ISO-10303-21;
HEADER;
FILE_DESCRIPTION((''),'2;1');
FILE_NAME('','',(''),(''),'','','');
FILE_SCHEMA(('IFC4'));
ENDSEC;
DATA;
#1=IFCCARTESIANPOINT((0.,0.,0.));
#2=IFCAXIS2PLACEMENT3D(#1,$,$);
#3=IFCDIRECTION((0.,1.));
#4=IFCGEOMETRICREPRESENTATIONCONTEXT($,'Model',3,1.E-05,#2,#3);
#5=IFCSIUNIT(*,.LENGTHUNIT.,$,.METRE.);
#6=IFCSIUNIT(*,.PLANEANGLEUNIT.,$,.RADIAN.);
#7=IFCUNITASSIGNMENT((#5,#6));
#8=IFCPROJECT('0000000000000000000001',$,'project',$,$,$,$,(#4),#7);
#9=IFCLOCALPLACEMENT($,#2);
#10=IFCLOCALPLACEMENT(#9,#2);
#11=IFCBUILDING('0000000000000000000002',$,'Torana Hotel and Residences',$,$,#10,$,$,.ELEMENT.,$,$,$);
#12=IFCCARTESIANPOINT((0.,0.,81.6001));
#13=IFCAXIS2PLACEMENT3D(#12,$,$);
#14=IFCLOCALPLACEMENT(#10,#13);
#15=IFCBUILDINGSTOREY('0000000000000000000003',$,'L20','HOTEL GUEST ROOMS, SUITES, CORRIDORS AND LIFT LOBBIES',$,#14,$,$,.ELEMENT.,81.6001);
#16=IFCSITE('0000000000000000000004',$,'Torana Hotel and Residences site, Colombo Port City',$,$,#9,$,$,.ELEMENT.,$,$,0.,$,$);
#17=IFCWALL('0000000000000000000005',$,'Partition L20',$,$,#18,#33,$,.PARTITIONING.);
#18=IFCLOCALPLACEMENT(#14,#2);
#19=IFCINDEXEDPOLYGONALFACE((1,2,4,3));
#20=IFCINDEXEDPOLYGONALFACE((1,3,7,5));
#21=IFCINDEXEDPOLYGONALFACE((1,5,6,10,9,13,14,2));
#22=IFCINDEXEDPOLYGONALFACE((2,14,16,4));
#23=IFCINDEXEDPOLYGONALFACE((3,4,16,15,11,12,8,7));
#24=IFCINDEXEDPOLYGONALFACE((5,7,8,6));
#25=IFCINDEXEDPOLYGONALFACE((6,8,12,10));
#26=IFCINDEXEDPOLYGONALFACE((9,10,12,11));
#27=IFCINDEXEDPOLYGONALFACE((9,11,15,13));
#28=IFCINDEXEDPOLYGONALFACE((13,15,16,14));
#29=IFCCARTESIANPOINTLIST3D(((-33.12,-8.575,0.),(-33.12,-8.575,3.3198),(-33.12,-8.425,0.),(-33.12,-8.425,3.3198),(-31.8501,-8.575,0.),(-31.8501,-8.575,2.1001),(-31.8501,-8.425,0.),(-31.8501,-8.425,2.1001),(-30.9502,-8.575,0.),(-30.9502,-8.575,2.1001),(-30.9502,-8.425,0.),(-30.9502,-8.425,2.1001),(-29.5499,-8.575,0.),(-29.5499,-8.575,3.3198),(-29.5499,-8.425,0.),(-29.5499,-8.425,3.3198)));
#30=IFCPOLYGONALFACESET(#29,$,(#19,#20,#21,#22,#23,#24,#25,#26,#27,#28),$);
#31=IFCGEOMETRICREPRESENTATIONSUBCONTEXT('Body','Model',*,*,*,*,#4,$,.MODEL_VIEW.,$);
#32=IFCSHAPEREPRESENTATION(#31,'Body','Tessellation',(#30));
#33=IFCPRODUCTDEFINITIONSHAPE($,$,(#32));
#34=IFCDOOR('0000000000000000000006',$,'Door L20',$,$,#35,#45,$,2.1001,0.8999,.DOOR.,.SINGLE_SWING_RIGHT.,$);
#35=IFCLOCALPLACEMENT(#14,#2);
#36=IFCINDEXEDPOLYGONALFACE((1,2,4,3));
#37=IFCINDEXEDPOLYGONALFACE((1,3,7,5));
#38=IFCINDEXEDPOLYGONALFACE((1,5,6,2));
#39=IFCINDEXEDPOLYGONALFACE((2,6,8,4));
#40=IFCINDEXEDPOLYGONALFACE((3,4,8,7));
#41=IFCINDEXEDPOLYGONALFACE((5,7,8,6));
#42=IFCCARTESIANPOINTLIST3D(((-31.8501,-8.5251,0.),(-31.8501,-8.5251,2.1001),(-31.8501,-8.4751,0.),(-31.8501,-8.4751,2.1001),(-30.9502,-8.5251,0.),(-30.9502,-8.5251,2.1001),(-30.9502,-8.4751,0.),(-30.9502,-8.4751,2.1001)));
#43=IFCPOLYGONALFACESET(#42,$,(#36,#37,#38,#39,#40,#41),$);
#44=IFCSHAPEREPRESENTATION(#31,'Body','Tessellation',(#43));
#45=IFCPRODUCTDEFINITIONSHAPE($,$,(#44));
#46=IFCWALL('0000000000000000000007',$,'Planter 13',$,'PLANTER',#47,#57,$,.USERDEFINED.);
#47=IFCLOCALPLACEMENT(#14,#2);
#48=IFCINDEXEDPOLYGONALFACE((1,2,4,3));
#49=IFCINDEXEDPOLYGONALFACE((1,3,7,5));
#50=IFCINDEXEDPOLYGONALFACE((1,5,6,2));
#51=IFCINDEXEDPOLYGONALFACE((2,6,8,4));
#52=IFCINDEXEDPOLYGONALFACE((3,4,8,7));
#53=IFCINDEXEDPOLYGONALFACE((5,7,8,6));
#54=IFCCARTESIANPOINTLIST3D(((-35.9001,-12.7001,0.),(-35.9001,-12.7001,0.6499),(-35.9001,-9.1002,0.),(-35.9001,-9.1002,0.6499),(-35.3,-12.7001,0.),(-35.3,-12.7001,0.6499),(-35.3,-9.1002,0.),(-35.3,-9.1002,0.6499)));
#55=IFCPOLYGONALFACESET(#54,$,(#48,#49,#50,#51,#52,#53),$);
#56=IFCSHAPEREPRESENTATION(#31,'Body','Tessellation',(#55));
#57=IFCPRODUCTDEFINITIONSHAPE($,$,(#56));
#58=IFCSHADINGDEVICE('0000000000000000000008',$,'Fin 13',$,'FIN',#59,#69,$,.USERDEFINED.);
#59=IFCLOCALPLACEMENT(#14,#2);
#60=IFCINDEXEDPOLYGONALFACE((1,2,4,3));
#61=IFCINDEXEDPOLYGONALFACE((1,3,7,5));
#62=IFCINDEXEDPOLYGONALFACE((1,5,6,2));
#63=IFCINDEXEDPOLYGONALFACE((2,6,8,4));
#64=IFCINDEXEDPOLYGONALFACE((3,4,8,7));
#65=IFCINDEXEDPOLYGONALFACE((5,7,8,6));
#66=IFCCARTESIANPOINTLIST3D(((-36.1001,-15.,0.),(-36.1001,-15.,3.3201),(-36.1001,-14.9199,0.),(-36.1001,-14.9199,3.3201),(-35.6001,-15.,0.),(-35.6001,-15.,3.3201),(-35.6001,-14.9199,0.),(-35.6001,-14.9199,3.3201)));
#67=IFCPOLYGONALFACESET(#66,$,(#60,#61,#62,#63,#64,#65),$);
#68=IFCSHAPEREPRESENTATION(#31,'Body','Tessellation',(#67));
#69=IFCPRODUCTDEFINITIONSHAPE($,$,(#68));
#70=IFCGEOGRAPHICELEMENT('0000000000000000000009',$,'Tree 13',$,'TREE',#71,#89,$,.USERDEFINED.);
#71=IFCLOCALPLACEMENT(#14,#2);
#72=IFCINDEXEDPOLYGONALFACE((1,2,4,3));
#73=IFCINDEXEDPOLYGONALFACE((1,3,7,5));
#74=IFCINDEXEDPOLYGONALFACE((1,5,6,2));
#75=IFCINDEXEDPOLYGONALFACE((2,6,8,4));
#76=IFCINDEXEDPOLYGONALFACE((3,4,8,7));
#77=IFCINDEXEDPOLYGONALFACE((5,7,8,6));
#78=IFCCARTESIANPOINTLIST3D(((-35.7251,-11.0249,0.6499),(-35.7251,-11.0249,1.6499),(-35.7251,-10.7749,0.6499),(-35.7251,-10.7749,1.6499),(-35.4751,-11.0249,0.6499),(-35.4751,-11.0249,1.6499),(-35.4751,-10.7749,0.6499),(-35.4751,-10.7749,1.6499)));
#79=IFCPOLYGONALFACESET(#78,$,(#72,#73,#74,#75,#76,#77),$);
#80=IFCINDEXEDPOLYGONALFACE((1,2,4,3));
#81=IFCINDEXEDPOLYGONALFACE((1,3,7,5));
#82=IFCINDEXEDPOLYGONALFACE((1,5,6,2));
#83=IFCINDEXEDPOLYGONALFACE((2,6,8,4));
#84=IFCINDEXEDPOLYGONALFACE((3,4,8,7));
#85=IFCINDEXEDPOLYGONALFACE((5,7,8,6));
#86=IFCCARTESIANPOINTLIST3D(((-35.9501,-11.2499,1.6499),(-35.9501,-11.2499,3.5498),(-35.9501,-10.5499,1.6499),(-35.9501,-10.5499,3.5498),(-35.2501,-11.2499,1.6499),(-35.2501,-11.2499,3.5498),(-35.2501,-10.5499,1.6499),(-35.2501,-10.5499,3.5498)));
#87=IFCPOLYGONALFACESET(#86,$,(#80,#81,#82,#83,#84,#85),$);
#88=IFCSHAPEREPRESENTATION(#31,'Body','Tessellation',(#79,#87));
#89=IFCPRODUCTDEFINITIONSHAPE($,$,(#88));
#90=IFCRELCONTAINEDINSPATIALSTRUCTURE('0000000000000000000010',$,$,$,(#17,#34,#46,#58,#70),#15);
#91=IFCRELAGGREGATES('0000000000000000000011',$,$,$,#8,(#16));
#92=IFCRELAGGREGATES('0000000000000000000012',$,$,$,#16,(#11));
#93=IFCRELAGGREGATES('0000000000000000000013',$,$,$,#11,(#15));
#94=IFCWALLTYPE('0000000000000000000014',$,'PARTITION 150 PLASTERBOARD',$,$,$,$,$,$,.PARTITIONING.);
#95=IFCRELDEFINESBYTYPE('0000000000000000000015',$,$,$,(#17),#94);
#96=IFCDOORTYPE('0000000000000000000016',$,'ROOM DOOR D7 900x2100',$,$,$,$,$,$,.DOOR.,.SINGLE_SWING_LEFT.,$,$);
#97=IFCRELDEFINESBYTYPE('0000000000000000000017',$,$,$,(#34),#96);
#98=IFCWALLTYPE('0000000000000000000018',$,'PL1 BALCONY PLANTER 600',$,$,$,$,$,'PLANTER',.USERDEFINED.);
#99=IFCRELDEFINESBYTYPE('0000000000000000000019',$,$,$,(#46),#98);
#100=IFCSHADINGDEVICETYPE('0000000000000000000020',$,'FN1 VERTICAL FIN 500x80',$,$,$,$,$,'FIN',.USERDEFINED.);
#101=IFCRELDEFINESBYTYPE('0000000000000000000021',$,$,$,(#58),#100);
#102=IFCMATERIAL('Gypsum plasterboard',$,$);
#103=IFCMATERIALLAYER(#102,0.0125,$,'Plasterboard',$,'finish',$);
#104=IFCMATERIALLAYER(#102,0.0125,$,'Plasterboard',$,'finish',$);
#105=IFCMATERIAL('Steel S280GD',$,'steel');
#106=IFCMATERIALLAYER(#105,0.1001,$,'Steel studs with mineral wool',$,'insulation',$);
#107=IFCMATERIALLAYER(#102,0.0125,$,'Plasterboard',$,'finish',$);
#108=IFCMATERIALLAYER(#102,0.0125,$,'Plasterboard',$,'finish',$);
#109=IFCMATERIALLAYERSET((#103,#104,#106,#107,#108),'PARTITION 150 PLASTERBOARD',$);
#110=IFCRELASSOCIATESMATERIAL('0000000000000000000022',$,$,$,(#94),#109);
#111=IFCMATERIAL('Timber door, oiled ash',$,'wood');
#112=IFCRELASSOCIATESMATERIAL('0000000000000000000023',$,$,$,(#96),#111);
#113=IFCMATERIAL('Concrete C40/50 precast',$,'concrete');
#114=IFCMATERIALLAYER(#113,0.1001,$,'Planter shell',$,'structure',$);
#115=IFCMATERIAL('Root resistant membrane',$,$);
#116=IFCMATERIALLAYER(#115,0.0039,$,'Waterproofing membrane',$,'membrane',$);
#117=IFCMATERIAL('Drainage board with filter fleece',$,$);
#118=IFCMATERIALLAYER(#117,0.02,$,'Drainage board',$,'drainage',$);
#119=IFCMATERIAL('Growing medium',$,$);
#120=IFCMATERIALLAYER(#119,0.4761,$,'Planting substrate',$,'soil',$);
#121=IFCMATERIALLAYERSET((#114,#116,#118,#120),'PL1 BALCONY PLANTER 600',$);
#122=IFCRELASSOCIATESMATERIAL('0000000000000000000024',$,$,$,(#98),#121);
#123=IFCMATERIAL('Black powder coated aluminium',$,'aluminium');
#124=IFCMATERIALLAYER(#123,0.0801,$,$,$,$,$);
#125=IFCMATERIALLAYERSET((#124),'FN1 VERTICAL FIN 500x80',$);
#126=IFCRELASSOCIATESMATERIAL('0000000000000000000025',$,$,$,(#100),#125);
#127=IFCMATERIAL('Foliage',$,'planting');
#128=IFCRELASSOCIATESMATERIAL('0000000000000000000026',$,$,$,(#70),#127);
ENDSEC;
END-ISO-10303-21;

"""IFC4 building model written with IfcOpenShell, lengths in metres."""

from ifc_helpers import new_model, si_unit, direction, frame, frame_2d, origin, origin_2d, place, context, subcontext, project, spatial, rectangle, extrude, material, layer, layer_set, type_object, element, fill, save


model = new_model("IFC4")

# Units and contexts
model_context = context("Model", 3, precision=1e-05, world=origin(), true_north=direction((0.0, 1.0)))
body_context = subcontext(model_context, "Body", "Model", "MODEL_VIEW")
ifc_project = project(units=[si_unit("LENGTHUNIT", "METRE"), si_unit("PLANEANGLEUNIT", "RADIAN")], contexts=[model_context])

# Site, building, storey
site_placement = place(None, origin())
site = spatial("IfcSite", under=ifc_project, at=site_placement, Name="Torana Hotel and Residences site, Colombo Port City", CompositionType="ELEMENT", RefElevation=0.0)
building_placement = place(site_placement, origin())
building = spatial("IfcBuilding", under=site, at=building_placement, Name="Torana Hotel and Residences", CompositionType="ELEMENT")
storey_placement = place(building_placement, frame((0.0, 0.0, 81.6001)))
storey = spatial("IfcBuildingStorey", under=building, at=storey_placement, Name="L20", Description="HOTEL GUEST ROOMS, SUITES, CORRIDORS AND LIFT LOBBIES", CompositionType="ELEMENT", Elevation=81.6001)

# Wall, opening, door
ifc_material_1 = material(Name="Gypsum plasterboard")
ifc_layer_1 = layer(ifc_material_1, 0.0125, Name="Plasterboard", Category="finish")
ifc_layer_2 = layer(ifc_material_1, 0.0125, Name="Plasterboard", Category="finish")
ifc_material_2 = material(Name="Steel S280GD", Category="steel")
ifc_layer_3 = layer(ifc_material_2, 0.1001, Name="Steel studs with mineral wool", Category="insulation")
ifc_layer_4 = layer(ifc_material_1, 0.0125, Name="Plasterboard", Category="finish")
ifc_layer_5 = layer(ifc_material_1, 0.0125, Name="Plasterboard", Category="finish")
ifc_layer_set_1 = layer_set([ifc_layer_1, ifc_layer_2, ifc_layer_3, ifc_layer_4, ifc_layer_5], Name="PARTITION 150 PLASTERBOARD")
wall_type_1 = type_object("IfcWallType", Name="PARTITION 150 PLASTERBOARD", PredefinedType="PARTITIONING", material=ifc_layer_set_1)
wall_1_placement = place(storey_placement, frame((-33.1201, -8.5, 0.0), z_axis=(0.0, 0.0, 1.0), x_axis=(1.0, 0.0, 0.0)))
wall_1 = element("IfcWall", 1, at=wall_1_placement, inside=storey, type_object=wall_type_1, Name="Partition L20", PredefinedType="PARTITIONING", context=body_context, shape_type="SweptSolid", body=[
    extrude(rectangle(XDim=3.5701, YDim=0.1499, at=frame_2d((1.7852, 0.0))), origin(), (0.0, 0.0, 1.0), 3.3198),
])
opening_1_placement = place(wall_1_placement, frame((1.27, 0.0, 0.0)))
opening_1 = element("IfcOpeningElement", 2, at=opening_1_placement, cuts=wall_1, PredefinedType="OPENING", context=body_context, shape_type="SweptSolid", body=[
    extrude(rectangle(XDim=0.8999, YDim=2.1001, at=frame_2d((0.45, 1.05))), frame((0.0, 0.085, 0.0), z_axis=(0.0, -1.0, 0.0), x_axis=(1.0, 0.0, 0.0)), (0.0, 0.0, 1.0), 0.1699),
])
ifc_material_3 = material(Name="Timber door, oiled ash", Category="wood")
door_type_1 = type_object("IfcDoorType", Name="ROOM DOOR D7 900x2100", OperationType="SINGLE_SWING_LEFT", PredefinedType="DOOR", material=ifc_material_3)
door_1_placement = place(opening_1_placement, origin())
door_1 = element("IfcDoor", 3, at=door_1_placement, inside=storey, type_object=door_type_1, Name="Door L20", OperationType="SINGLE_SWING_RIGHT", OverallHeight=2.1001, OverallWidth=0.8999, PredefinedType="DOOR", context=body_context, shape_type="SweptSolid", body=[
    extrude(rectangle(XDim=0.8999, YDim=2.1001, at=frame_2d((0.45, 1.05))), frame((0.0, 0.0249, 0.0), z_axis=(0.0, -1.0, 0.0), x_axis=(1.0, 0.0, 0.0)), (0.0, 0.0, 1.0), 0.05),
])
fill(opening_1, door_1)

# Wall
ifc_material_4 = material(Name="Concrete C40/50 precast", Category="concrete")
ifc_layer_6 = layer(ifc_material_4, 0.1001, Name="Planter shell", Category="structure")
ifc_material_5 = material(Name="Root resistant membrane")
ifc_layer_7 = layer(ifc_material_5, 0.0039, Name="Waterproofing membrane", Category="membrane")
ifc_material_6 = material(Name="Drainage board with filter fleece")
ifc_layer_8 = layer(ifc_material_6, 0.02, Name="Drainage board", Category="drainage")
ifc_material_7 = material(Name="Growing medium")
ifc_layer_9 = layer(ifc_material_7, 0.4761, Name="Planting substrate", Category="soil")
ifc_layer_set_2 = layer_set([ifc_layer_6, ifc_layer_7, ifc_layer_8, ifc_layer_9], Name="PL1 BALCONY PLANTER 600")
wall_type_2 = type_object("IfcWallType", Name="PL1 BALCONY PLANTER 600", ElementType="PLANTER", PredefinedType="USERDEFINED", material=ifc_layer_set_2)
wall_2_placement = place(storey_placement, frame((-35.6001, -12.7, 0.0), z_axis=(0.0, 0.0, 1.0), x_axis=(0.0, 1.0, 0.0)))
element("IfcWall", 4, at=wall_2_placement, inside=storey, type_object=wall_type_2, Name="Planter 13", ObjectType="PLANTER", PredefinedType="USERDEFINED", context=body_context, shape_type="SweptSolid", body=[
    extrude(rectangle(XDim=3.5999, YDim=0.6001, at=frame_2d((1.7998, 0.0))), origin(), (0.0, 0.0, 1.0), 0.6499),
])

# Shading device
ifc_material_8 = material(Name="Black powder coated aluminium", Category="aluminium")
ifc_layer_10 = layer(ifc_material_8, 0.0801)
ifc_layer_set_3 = layer_set([ifc_layer_10], Name="FN1 VERTICAL FIN 500x80")
shading_device_type = type_object("IfcShadingDeviceType", Name="FN1 VERTICAL FIN 500x80", ElementType="FIN", PredefinedType="USERDEFINED", material=ifc_layer_set_3)
shading_device_placement = place(storey_placement, frame((-35.8501, -14.96, 0.0), z_axis=(0.0, 0.0, 1.0), x_axis=(0.0, 1.0, 0.0)))
element("IfcShadingDevice", 5, at=shading_device_placement, inside=storey, type_object=shading_device_type, Name="Fin 13", ObjectType="FIN", PredefinedType="USERDEFINED", context=body_context, shape_type="SweptSolid", body=[
    extrude(rectangle(XDim=0.0801, YDim=0.5, at=origin_2d()), origin(), (0.0, 0.0, 1.0), 3.3201),
])

# Geographic element
ifc_material_9 = material(Name="Foliage", Category="planting")
geographic_element_placement = place(storey_placement, frame((-35.6001, -10.8999, 0.6499), z_axis=(0.0, 0.0, 1.0), x_axis=(1.0, 0.0, 0.0)))
element("IfcGeographicElement", 6, at=geographic_element_placement, inside=storey, material=ifc_material_9, Name="Tree 13", ObjectType="TREE", PredefinedType="USERDEFINED", context=body_context, shape_type="SweptSolid", body=[
    extrude(rectangle(XDim=0.25, YDim=0.25, at=origin_2d()), origin(), (0.0, 0.0, 1.0), 1.0),
    extrude(rectangle(XDim=0.7, YDim=0.7, at=origin_2d()), frame((0.0, 0.0, 1.0)), (0.0, 0.0, 1.0), 1.8999),
])

save(model, "model.ifc")
